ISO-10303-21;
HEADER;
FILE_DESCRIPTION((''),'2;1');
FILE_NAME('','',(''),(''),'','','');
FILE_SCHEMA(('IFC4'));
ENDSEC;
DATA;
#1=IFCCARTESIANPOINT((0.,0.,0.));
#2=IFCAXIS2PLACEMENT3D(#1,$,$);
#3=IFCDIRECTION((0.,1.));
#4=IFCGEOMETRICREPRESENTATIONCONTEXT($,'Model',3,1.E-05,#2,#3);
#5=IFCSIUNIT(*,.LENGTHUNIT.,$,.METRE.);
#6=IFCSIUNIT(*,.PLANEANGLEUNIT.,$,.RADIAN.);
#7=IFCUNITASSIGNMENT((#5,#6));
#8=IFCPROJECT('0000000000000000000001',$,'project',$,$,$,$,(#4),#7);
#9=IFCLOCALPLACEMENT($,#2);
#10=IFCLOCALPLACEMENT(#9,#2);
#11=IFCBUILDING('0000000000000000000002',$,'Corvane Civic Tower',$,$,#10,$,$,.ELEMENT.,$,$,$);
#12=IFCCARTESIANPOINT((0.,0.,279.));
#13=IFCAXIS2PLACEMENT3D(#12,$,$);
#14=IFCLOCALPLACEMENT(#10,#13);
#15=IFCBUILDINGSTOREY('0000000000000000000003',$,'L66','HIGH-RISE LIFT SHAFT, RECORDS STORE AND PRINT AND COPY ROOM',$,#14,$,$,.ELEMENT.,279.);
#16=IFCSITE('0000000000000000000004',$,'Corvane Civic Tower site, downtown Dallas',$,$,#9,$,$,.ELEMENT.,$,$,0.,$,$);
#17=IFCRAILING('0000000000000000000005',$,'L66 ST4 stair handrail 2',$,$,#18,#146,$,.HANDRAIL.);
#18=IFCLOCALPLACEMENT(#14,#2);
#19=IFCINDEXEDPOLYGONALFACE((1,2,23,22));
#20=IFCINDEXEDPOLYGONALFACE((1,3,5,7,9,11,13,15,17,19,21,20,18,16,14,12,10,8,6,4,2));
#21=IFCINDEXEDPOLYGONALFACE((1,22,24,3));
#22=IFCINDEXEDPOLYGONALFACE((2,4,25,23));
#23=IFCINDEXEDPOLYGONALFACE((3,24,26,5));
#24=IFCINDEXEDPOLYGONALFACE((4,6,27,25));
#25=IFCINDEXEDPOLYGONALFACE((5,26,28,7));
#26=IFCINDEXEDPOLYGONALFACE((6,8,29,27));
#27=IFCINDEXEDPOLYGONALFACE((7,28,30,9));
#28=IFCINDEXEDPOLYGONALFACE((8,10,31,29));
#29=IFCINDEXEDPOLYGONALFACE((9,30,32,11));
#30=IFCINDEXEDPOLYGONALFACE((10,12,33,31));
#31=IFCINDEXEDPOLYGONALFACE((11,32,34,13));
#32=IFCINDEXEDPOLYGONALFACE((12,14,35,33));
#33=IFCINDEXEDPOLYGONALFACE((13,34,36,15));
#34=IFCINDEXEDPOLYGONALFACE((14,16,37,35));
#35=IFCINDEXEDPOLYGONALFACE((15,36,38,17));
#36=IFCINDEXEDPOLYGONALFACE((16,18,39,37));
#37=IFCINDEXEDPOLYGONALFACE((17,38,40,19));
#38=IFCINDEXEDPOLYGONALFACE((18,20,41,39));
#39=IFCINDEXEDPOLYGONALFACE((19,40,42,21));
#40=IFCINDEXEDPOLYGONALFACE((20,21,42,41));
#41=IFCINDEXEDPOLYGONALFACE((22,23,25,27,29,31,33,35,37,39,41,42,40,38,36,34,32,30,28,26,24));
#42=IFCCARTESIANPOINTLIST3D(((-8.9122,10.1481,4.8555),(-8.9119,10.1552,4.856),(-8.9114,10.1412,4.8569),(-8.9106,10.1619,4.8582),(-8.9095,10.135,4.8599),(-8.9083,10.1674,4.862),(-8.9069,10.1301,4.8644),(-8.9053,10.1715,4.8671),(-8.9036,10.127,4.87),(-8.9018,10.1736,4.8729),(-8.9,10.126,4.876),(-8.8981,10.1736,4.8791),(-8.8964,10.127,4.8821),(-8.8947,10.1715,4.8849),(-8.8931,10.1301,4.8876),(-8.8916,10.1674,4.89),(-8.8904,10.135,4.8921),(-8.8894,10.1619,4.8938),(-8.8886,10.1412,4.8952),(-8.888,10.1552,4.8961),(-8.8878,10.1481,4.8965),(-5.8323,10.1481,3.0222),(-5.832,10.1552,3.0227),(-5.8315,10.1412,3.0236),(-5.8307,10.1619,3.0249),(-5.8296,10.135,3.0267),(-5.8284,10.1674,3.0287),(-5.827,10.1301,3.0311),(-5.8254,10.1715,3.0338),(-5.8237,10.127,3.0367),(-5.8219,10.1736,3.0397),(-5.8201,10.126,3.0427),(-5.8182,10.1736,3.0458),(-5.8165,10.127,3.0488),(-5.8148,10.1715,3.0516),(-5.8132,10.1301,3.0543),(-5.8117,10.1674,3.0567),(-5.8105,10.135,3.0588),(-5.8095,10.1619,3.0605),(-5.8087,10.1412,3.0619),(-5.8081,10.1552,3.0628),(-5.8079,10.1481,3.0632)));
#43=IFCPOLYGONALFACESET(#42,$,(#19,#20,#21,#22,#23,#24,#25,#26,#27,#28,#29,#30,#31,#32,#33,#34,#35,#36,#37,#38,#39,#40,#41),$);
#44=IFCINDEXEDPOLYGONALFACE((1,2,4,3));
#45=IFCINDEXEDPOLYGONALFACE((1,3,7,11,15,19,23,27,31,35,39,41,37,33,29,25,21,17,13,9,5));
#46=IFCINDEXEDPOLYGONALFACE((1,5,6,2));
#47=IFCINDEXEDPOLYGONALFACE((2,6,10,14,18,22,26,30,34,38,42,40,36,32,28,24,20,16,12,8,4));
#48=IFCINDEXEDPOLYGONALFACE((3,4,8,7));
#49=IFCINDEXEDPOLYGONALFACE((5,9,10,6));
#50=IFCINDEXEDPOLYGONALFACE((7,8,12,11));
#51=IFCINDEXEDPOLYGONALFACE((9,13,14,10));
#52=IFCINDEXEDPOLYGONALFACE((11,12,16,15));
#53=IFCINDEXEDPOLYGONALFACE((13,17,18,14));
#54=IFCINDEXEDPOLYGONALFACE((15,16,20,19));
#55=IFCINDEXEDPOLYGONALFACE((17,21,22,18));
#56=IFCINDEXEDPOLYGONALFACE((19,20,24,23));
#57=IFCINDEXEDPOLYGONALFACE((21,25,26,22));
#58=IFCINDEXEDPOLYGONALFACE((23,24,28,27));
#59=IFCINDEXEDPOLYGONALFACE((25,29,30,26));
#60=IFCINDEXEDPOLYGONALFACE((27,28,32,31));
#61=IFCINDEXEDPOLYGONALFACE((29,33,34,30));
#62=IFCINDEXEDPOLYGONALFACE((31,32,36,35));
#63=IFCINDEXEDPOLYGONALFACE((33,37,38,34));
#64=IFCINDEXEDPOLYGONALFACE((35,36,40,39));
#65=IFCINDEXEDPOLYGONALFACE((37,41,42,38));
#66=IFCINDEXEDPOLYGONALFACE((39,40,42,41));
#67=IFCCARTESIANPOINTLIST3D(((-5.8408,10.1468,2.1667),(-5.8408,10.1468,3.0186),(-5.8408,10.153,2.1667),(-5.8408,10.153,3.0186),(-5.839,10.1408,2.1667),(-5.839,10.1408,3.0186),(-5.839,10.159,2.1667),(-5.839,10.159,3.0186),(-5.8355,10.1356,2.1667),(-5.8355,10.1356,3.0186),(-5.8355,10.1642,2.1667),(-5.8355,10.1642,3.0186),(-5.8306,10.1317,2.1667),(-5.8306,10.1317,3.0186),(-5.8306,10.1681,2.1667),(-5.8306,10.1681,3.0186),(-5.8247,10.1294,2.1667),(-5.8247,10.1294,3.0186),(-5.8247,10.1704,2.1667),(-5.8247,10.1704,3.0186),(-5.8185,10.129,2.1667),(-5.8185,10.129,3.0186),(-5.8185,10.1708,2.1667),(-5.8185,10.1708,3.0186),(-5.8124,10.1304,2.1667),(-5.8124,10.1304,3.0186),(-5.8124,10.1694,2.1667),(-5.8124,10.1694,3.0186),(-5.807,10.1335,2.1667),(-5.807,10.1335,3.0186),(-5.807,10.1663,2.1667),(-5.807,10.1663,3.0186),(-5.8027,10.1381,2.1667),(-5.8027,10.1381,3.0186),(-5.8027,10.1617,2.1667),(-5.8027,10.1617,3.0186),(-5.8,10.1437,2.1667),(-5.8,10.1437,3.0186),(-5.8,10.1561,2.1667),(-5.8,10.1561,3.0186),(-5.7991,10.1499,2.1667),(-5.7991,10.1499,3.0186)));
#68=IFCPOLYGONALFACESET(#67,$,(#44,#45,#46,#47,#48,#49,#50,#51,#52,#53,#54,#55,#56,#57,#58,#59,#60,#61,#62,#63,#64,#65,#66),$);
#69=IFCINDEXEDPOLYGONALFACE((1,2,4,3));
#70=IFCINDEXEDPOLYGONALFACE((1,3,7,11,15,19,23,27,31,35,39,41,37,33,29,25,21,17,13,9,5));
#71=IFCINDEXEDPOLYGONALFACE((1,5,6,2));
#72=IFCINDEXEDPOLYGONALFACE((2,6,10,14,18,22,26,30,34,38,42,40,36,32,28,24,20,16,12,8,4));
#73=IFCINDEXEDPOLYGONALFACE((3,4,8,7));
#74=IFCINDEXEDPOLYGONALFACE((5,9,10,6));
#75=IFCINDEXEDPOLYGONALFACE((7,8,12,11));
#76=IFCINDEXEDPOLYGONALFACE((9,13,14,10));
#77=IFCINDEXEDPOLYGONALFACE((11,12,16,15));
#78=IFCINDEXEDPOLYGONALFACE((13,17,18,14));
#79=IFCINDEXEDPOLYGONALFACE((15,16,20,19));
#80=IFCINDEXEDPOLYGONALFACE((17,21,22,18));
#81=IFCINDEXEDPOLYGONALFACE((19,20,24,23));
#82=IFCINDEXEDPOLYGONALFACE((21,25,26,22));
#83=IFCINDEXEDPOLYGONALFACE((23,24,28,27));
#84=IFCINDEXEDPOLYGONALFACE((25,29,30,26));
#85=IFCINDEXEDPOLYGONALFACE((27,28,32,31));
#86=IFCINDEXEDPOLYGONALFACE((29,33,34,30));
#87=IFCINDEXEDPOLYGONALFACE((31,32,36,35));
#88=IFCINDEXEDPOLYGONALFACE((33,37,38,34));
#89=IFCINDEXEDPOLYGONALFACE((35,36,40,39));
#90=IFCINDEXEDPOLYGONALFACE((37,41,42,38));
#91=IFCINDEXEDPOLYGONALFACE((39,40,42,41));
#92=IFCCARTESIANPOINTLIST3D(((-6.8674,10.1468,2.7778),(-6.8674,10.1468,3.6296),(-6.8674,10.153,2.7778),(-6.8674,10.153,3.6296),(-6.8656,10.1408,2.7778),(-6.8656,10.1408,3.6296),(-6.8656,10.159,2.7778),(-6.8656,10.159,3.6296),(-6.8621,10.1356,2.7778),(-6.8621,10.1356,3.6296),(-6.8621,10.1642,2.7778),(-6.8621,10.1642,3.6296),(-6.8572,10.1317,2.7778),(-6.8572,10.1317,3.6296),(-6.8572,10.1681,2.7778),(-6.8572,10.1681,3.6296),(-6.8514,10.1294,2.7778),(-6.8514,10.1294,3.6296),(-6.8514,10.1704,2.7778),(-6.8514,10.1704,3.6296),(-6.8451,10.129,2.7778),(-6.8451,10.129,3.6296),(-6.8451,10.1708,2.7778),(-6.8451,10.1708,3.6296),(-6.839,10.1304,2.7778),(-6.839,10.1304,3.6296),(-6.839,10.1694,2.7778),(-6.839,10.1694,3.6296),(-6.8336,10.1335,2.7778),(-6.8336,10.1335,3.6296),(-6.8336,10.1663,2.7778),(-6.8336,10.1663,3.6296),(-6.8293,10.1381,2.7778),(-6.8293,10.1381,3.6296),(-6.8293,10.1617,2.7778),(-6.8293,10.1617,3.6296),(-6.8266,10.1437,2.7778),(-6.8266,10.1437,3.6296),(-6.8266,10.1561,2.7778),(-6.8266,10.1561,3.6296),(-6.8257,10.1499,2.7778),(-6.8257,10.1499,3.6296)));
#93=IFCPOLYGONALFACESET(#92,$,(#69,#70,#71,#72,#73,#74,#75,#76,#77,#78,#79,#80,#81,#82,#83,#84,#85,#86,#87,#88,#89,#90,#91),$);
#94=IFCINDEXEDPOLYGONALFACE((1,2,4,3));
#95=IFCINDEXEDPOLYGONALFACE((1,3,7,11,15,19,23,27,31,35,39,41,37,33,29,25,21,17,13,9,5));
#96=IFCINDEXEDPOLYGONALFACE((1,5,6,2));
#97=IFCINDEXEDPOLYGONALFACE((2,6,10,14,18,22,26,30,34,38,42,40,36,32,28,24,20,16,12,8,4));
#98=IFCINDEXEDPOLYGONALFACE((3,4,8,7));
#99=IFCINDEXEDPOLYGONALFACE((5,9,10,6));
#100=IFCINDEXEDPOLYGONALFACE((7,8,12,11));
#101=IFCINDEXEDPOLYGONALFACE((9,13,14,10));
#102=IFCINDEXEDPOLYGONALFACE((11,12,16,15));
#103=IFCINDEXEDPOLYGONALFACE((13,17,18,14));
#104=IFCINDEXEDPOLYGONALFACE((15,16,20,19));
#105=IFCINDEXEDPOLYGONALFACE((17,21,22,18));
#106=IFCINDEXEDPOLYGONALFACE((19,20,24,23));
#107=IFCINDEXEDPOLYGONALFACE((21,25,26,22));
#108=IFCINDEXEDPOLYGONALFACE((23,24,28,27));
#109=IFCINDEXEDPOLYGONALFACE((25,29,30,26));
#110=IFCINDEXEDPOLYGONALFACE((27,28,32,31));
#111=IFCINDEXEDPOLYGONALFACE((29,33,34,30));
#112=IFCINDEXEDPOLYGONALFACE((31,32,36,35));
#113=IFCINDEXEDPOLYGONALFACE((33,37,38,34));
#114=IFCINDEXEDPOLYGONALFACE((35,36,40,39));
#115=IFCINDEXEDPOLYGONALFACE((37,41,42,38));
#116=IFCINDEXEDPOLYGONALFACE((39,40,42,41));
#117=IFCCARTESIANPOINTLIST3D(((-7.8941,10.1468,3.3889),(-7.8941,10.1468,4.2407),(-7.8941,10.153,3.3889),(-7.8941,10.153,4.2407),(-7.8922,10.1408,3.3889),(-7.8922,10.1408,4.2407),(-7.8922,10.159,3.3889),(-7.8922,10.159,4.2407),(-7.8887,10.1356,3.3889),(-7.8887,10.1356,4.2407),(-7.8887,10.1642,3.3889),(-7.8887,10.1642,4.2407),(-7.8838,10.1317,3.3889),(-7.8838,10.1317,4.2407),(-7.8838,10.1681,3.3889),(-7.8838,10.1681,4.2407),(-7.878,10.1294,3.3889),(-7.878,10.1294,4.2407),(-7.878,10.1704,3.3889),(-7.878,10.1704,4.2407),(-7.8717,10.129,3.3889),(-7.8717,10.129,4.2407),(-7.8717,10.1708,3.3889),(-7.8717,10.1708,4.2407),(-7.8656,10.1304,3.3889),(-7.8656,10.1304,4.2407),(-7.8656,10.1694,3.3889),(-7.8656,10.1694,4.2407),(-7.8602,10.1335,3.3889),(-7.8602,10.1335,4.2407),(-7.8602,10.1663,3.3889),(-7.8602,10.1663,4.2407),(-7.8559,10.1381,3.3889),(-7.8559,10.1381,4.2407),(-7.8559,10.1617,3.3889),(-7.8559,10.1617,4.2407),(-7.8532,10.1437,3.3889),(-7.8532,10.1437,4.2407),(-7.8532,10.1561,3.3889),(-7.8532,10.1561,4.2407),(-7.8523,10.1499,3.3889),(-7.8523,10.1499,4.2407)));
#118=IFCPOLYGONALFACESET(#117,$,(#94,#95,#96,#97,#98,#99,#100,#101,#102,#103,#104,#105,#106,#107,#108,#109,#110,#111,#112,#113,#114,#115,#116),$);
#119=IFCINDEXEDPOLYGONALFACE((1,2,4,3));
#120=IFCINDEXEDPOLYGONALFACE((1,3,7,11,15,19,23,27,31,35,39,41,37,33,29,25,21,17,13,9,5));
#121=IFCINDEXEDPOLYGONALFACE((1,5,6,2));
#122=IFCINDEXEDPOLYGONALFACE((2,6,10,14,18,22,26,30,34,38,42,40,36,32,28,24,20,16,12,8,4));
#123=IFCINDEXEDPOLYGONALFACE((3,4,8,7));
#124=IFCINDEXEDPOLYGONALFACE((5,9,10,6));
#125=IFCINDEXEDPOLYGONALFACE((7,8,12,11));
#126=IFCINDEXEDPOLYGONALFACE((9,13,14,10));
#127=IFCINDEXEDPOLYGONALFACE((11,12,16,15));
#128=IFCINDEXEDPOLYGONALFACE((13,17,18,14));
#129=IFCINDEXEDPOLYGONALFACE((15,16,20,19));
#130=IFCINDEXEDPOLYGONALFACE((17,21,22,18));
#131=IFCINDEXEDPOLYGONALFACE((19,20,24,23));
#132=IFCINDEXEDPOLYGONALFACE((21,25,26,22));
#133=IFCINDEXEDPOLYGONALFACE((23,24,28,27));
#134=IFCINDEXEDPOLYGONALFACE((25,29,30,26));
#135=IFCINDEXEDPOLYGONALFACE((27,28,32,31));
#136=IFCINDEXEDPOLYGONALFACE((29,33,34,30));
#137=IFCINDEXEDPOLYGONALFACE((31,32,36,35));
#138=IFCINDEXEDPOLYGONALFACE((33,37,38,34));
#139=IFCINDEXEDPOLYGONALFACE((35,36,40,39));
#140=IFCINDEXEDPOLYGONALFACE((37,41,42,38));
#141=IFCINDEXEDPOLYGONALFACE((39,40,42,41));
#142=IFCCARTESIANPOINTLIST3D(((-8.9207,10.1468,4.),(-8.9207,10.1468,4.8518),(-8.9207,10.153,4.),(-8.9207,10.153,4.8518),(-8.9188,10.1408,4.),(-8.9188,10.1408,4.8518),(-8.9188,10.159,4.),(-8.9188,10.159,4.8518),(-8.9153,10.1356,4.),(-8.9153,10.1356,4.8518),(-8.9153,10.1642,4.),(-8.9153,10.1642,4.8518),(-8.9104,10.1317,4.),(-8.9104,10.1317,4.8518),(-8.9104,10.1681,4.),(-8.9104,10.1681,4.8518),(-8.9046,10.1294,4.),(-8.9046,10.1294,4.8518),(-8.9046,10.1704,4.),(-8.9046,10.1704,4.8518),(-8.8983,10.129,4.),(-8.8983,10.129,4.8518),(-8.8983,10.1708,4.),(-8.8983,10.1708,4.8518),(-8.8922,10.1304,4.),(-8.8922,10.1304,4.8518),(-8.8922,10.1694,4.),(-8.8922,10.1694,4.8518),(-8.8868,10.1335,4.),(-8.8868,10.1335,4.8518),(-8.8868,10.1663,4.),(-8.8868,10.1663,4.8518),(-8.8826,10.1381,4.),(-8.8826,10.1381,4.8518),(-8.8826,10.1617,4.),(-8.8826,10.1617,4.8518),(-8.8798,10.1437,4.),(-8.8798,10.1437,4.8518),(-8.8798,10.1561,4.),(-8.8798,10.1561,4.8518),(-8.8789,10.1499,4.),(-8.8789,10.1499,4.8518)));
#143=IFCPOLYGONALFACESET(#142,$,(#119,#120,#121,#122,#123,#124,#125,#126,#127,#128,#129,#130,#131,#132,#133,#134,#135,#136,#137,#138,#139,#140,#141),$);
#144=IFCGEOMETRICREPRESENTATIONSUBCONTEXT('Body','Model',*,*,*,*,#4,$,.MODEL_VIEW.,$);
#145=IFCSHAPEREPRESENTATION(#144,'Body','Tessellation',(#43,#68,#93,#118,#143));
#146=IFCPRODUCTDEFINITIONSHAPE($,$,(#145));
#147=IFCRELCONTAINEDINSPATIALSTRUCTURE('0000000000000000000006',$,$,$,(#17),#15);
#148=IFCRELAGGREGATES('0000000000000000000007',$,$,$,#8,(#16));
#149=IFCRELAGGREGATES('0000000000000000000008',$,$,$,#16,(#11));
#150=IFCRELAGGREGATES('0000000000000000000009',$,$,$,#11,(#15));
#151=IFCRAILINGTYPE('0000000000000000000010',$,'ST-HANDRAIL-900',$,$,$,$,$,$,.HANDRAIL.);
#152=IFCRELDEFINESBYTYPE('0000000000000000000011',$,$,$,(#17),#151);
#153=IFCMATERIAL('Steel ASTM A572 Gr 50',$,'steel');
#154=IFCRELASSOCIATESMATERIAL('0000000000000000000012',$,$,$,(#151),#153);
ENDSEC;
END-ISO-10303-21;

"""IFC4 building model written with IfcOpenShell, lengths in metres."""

from ifc_helpers import new_model, si_unit, direction, frame, origin, origin_2d, place, context, subcontext, project, spatial, circle, extrude, material, type_object, element, save


model = new_model("IFC4")

# Units and contexts
model_context = context("Model", 3, precision=1e-05, world=origin(), true_north=direction((0.0, 1.0)))
body_context = subcontext(model_context, "Body", "Model", "MODEL_VIEW")
ifc_project = project(units=[si_unit("LENGTHUNIT", "METRE"), si_unit("PLANEANGLEUNIT", "RADIAN")], contexts=[model_context])

# Site, building, storey
site_placement = place(None, origin())
site = spatial("IfcSite", under=ifc_project, at=site_placement, Name="Corvane Civic Tower site, downtown Dallas", CompositionType="ELEMENT", RefElevation=0.0)
building_placement = place(site_placement, origin())
building = spatial("IfcBuilding", under=site, at=building_placement, Name="Corvane Civic Tower", CompositionType="ELEMENT")
storey_placement = place(building_placement, frame((0.0, 0.0, 279.0)))
storey = spatial("IfcBuildingStorey", under=building, at=storey_placement, Name="L66", Description="HIGH-RISE LIFT SHAFT, RECORDS STORE AND PRINT AND COPY ROOM", CompositionType="ELEMENT", Elevation=279.0)

# Railing
ifc_material_1 = material(Name="Steel ASTM A572 Gr 50", Category="steel")
railing_type_1 = type_object("IfcRailingType", Name="ST-HANDRAIL-900", PredefinedType="HANDRAIL", material=ifc_material_1)
railing_1_placement = place(storey_placement, frame((-5.8201, 10.1499, 2.1667)))
element("IfcRailing", 1, at=railing_1_placement, inside=storey, type_object=railing_type_1, Name="L66 ST4 stair handrail 2", PredefinedType="HANDRAIL", context=body_context, shape_type="SweptSolid", body=[
    extrude(circle(Radius=0.0239, at=origin_2d()), frame((0.0, 0.0, 0.876), z_axis=(-0.859291, 0.0, 0.511487), x_axis=(0.0, -1.0, 0.0)), (0.0, 0.0, 1.0), 3.5842),
    extrude(circle(Radius=0.021, at=origin_2d()), origin(), (0.0, 0.0, 1.0), 0.8518),
    extrude(circle(Radius=0.021, at=origin_2d()), frame((-1.0266, 0.0, 0.6111)), (0.0, 0.0, 1.0), 0.8518),
    extrude(circle(Radius=0.021, at=origin_2d()), frame((-2.0532, 0.0, 1.2222)), (0.0, 0.0, 1.0), 0.8518),
    extrude(circle(Radius=0.021, at=origin_2d()), frame((-3.0798, 0.0, 1.8333)), (0.0, 0.0, 1.0), 0.8518),
])

save(model, "model.ifc")
